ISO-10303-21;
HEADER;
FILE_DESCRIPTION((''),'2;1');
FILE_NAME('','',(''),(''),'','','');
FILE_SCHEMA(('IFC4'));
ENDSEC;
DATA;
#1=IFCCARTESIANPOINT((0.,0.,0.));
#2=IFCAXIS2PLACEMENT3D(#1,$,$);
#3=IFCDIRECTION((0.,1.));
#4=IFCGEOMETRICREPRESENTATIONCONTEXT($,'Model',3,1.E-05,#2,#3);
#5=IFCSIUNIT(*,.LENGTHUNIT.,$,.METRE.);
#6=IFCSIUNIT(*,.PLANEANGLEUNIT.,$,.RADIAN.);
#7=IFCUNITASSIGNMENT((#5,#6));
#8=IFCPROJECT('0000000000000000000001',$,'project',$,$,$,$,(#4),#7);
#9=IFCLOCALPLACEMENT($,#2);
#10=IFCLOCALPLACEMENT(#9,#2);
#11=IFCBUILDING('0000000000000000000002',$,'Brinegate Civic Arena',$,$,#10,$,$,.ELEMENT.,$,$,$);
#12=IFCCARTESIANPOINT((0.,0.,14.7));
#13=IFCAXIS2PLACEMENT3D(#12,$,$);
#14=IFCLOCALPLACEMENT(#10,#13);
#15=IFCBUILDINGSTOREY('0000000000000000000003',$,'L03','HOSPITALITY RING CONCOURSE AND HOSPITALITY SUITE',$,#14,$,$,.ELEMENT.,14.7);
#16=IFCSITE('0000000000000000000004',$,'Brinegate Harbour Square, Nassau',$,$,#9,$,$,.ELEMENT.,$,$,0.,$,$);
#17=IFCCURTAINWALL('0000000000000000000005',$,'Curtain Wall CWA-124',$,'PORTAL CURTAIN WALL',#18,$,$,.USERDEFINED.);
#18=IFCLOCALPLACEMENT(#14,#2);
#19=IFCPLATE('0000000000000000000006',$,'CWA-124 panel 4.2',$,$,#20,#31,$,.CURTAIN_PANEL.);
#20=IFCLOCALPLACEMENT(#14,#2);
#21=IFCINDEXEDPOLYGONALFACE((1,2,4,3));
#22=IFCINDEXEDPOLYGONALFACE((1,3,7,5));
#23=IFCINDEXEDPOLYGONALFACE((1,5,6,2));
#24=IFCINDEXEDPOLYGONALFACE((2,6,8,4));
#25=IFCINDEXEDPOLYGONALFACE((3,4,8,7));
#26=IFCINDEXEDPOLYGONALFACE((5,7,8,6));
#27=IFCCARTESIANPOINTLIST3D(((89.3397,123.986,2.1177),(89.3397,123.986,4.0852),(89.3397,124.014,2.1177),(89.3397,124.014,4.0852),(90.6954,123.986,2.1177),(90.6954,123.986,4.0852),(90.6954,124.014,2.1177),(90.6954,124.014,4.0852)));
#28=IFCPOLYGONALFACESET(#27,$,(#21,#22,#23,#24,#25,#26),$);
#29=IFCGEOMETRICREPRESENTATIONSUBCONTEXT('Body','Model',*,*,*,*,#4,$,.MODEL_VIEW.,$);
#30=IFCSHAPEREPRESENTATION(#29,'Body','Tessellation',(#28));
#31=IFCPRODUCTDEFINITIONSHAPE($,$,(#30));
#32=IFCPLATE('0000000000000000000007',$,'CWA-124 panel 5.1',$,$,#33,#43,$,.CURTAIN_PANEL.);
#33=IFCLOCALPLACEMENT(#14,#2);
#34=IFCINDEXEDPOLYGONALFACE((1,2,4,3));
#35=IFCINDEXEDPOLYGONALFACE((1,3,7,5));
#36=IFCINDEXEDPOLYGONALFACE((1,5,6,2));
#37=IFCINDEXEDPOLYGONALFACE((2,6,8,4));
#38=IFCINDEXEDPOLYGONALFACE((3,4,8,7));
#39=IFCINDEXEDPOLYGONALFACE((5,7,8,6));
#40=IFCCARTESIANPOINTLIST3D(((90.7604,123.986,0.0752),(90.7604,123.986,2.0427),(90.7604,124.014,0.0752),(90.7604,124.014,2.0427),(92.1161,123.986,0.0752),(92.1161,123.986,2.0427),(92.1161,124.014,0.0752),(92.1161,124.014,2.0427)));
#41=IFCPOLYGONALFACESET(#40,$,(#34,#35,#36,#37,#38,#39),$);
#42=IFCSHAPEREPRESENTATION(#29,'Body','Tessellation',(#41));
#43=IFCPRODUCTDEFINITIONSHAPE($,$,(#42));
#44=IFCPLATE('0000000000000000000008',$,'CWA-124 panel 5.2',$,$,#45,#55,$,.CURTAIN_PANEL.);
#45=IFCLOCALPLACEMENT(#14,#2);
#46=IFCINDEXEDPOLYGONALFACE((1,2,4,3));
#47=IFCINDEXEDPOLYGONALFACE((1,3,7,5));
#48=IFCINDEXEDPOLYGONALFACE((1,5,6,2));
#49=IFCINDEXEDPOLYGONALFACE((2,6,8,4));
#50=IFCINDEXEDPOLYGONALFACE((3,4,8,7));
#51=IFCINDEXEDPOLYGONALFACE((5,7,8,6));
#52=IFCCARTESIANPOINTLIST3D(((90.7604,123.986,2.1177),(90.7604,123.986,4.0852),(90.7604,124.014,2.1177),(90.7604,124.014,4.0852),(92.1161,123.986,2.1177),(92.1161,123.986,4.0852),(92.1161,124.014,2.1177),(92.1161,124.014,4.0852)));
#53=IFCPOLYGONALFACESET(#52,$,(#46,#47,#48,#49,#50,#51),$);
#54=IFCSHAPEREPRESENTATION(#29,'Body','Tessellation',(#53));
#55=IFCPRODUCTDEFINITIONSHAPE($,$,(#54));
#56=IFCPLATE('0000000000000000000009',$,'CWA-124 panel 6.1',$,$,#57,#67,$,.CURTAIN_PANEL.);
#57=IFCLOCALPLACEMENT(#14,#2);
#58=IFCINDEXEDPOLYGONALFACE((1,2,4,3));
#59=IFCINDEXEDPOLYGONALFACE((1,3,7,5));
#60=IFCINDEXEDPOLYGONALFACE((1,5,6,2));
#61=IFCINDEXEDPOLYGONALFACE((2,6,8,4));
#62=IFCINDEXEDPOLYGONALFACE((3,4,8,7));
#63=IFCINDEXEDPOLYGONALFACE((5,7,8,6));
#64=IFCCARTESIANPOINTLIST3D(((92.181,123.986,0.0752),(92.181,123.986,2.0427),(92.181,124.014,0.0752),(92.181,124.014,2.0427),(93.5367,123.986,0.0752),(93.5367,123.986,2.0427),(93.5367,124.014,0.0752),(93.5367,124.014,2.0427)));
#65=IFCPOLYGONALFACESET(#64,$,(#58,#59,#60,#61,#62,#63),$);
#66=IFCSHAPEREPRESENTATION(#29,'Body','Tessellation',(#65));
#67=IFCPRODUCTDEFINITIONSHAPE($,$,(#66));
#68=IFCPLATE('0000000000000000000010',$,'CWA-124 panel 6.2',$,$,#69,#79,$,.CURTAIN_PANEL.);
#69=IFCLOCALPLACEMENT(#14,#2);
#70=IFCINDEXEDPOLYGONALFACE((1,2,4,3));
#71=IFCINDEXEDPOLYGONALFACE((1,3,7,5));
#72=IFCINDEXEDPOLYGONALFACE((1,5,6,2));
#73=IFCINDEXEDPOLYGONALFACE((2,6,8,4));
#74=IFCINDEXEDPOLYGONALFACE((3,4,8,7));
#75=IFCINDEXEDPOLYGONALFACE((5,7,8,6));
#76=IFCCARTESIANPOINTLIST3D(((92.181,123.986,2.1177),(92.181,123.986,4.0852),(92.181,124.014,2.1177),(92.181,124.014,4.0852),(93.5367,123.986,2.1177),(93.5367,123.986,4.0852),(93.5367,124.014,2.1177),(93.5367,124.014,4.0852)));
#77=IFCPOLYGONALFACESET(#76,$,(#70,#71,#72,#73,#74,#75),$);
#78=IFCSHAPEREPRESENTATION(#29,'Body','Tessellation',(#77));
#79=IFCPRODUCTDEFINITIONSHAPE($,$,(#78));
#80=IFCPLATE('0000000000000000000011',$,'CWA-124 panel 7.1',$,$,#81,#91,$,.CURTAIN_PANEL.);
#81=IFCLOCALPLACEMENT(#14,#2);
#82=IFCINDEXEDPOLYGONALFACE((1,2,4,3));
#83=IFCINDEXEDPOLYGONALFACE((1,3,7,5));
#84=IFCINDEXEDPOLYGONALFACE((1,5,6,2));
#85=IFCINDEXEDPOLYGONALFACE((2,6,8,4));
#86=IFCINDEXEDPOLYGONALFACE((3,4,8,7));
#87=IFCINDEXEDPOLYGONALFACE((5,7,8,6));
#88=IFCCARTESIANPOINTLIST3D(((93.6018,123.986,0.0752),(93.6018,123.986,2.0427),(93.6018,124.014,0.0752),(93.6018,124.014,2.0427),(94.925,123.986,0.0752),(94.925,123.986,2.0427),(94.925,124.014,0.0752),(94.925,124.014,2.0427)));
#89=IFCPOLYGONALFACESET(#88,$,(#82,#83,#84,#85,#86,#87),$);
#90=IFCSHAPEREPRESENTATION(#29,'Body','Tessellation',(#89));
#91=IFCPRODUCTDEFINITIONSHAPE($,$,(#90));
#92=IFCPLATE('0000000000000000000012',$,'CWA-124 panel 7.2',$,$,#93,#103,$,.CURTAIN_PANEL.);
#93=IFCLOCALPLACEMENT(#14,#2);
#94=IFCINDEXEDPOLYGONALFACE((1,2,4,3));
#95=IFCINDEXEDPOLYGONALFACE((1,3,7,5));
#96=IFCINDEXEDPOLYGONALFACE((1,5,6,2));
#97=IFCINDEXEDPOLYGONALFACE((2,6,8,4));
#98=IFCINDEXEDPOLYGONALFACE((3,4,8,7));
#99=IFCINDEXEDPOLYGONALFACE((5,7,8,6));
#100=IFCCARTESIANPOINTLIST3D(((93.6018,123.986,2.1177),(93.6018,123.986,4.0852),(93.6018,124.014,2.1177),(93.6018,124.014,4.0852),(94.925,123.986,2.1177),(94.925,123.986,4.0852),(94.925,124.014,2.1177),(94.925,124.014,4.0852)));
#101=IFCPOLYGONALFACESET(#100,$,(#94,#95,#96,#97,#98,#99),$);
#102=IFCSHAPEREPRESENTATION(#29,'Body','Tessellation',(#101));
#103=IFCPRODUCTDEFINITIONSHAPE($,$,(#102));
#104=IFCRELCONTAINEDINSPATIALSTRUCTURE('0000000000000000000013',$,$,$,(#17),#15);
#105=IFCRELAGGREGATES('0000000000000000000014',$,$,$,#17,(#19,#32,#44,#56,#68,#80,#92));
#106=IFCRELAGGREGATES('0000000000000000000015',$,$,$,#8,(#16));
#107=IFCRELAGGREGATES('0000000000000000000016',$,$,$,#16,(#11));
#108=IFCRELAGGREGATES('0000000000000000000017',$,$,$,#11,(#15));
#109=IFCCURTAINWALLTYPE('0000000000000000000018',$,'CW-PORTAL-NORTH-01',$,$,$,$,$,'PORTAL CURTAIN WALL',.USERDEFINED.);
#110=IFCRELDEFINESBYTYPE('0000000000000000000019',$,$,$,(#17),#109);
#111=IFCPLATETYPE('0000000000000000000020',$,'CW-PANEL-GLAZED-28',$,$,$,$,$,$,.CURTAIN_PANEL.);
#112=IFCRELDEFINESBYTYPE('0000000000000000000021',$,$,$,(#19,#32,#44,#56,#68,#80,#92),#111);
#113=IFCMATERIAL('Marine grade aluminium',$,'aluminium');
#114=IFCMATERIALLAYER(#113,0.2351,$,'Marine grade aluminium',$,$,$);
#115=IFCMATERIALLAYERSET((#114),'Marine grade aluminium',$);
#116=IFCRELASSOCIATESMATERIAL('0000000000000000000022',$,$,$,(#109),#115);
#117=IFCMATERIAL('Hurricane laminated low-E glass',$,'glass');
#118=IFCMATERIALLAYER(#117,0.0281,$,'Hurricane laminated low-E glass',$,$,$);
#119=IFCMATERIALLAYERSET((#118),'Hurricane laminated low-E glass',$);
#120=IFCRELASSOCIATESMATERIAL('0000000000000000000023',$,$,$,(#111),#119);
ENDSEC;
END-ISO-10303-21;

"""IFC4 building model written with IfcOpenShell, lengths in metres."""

from ifc_helpers import new_model, si_unit, direction, frame, origin, origin_2d, place, context, subcontext, project, spatial, rectangle, extrude, material, layer, layer_set, type_object, element, aggregate, save


model = new_model("IFC4")

# Units and contexts
model_context = context("Model", 3, precision=1e-05, world=origin(), true_north=direction((0.0, 1.0)))
body_context = subcontext(model_context, "Body", "Model", "MODEL_VIEW")
ifc_project = project(units=[si_unit("LENGTHUNIT", "METRE"), si_unit("PLANEANGLEUNIT", "RADIAN")], contexts=[model_context])

# Site, building, storey
site_placement = place(None, origin())
site = spatial("IfcSite", under=ifc_project, at=site_placement, Name="Brinegate Harbour Square, Nassau", CompositionType="ELEMENT", RefElevation=0.0)
building_placement = place(site_placement, origin())
building = spatial("IfcBuilding", under=site, at=building_placement, Name="Brinegate Civic Arena", CompositionType="ELEMENT")
storey_placement = place(building_placement, frame((0.0, 0.0, 14.7)))
storey = spatial("IfcBuildingStorey", under=building, at=storey_placement, Name="L03", Description="HOSPITALITY RING CONCOURSE AND HOSPITALITY SUITE", CompositionType="ELEMENT", Elevation=14.7)

# Curtain wall
ifc_material_1 = material(Name="Marine grade aluminium", Category="aluminium")
ifc_layer_1 = layer(ifc_material_1, 0.2351, Name="Marine grade aluminium")
ifc_layer_set_1 = layer_set([ifc_layer_1], Name="Marine grade aluminium")
curtain_wall_type = type_object("IfcCurtainWallType", Name="CW-PORTAL-NORTH-01", ElementType="PORTAL CURTAIN WALL", PredefinedType="USERDEFINED", material=ifc_layer_set_1)
curtain_wall_placement = place(storey_placement, origin())
curtain_wall = element("IfcCurtainWall", 1, at=curtain_wall_placement, inside=storey, type_object=curtain_wall_type, Name="Curtain Wall CWA-124", ObjectType="PORTAL CURTAIN WALL", PredefinedType="USERDEFINED")

# Plates
ifc_material_2 = material(Name="Hurricane laminated low-E glass", Category="glass")
ifc_layer_2 = layer(ifc_material_2, 0.0281, Name="Hurricane laminated low-E glass")
ifc_layer_set_2 = layer_set([ifc_layer_2], Name="Hurricane laminated low-E glass")
plate_type = type_object("IfcPlateType", Name="CW-PANEL-GLAZED-28", PredefinedType="CURTAIN_PANEL", material=ifc_layer_set_2)
plate_1_placement = place(storey_placement, frame((90.0176, 124.0, 2.1177), z_axis=(0.0, 0.0, 1.0), x_axis=(1.0, 0.0, 0.0)))
plate_1 = element("IfcPlate", 2, at=plate_1_placement, type_object=plate_type, Name="CWA-124 panel 4.2", PredefinedType="CURTAIN_PANEL", context=body_context, shape_type="SweptSolid", body=[
    extrude(rectangle(XDim=1.3557, YDim=0.0281, at=origin_2d()), origin(), (0.0, 0.0, 1.0), 1.9675),
])
plate_2_placement = place(storey_placement, frame((91.4382, 124.0, 0.0752), z_axis=(0.0, 0.0, 1.0), x_axis=(1.0, 0.0, 0.0)))
plate_2 = element("IfcPlate", 3, at=plate_2_placement, type_object=plate_type, Name="CWA-124 panel 5.1", PredefinedType="CURTAIN_PANEL", context=body_context, shape_type="SweptSolid", body=[
    extrude(rectangle(XDim=1.3557, YDim=0.0281, at=origin_2d()), origin(), (0.0, 0.0, 1.0), 1.9675),
])
plate_3_placement = place(storey_placement, frame((91.4382, 124.0, 2.1177), z_axis=(0.0, 0.0, 1.0), x_axis=(1.0, 0.0, 0.0)))
plate_3 = element("IfcPlate", 4, at=plate_3_placement, type_object=plate_type, Name="CWA-124 panel 5.2", PredefinedType="CURTAIN_PANEL", context=body_context, shape_type="SweptSolid", body=[
    extrude(rectangle(XDim=1.3557, YDim=0.0281, at=origin_2d()), origin(), (0.0, 0.0, 1.0), 1.9675),
])
plate_4_placement = place(storey_placement, frame((92.8589, 124.0, 0.0752), z_axis=(0.0, 0.0, 1.0), x_axis=(1.0, 0.0, 0.0)))
plate_4 = element("IfcPlate", 5, at=plate_4_placement, type_object=plate_type, Name="CWA-124 panel 6.1", PredefinedType="CURTAIN_PANEL", context=body_context, shape_type="SweptSolid", body=[
    extrude(rectangle(XDim=1.3557, YDim=0.0281, at=origin_2d()), origin(), (0.0, 0.0, 1.0), 1.9675),
])
plate_5_placement = place(storey_placement, frame((92.8589, 124.0, 2.1177), z_axis=(0.0, 0.0, 1.0), x_axis=(1.0, 0.0, 0.0)))
plate_5 = element("IfcPlate", 6, at=plate_5_placement, type_object=plate_type, Name="CWA-124 panel 6.2", PredefinedType="CURTAIN_PANEL", context=body_context, shape_type="SweptSolid", body=[
    extrude(rectangle(XDim=1.3557, YDim=0.0281, at=origin_2d()), origin(), (0.0, 0.0, 1.0), 1.9675),
])
plate_6_placement = place(storey_placement, frame((94.2634, 124.0, 0.0752), z_axis=(0.0, 0.0, 1.0), x_axis=(1.0, 0.0, 0.0)))
plate_6 = element("IfcPlate", 7, at=plate_6_placement, type_object=plate_type, Name="CWA-124 panel 7.1", PredefinedType="CURTAIN_PANEL", context=body_context, shape_type="SweptSolid", body=[
    extrude(rectangle(XDim=1.3232, YDim=0.0281, at=origin_2d()), origin(), (0.0, 0.0, 1.0), 1.9675),
])
plate_7_placement = place(storey_placement, frame((94.2634, 124.0, 2.1177), z_axis=(0.0, 0.0, 1.0), x_axis=(1.0, 0.0, 0.0)))
plate_7 = element("IfcPlate", 8, at=plate_7_placement, type_object=plate_type, Name="CWA-124 panel 7.2", PredefinedType="CURTAIN_PANEL", context=body_context, shape_type="SweptSolid", body=[
    extrude(rectangle(XDim=1.3232, YDim=0.0281, at=origin_2d()), origin(), (0.0, 0.0, 1.0), 1.9675),
])
aggregate(curtain_wall, [plate_1, plate_2, plate_3, plate_4, plate_5, plate_6, plate_7])

save(model, "model.ifc")
